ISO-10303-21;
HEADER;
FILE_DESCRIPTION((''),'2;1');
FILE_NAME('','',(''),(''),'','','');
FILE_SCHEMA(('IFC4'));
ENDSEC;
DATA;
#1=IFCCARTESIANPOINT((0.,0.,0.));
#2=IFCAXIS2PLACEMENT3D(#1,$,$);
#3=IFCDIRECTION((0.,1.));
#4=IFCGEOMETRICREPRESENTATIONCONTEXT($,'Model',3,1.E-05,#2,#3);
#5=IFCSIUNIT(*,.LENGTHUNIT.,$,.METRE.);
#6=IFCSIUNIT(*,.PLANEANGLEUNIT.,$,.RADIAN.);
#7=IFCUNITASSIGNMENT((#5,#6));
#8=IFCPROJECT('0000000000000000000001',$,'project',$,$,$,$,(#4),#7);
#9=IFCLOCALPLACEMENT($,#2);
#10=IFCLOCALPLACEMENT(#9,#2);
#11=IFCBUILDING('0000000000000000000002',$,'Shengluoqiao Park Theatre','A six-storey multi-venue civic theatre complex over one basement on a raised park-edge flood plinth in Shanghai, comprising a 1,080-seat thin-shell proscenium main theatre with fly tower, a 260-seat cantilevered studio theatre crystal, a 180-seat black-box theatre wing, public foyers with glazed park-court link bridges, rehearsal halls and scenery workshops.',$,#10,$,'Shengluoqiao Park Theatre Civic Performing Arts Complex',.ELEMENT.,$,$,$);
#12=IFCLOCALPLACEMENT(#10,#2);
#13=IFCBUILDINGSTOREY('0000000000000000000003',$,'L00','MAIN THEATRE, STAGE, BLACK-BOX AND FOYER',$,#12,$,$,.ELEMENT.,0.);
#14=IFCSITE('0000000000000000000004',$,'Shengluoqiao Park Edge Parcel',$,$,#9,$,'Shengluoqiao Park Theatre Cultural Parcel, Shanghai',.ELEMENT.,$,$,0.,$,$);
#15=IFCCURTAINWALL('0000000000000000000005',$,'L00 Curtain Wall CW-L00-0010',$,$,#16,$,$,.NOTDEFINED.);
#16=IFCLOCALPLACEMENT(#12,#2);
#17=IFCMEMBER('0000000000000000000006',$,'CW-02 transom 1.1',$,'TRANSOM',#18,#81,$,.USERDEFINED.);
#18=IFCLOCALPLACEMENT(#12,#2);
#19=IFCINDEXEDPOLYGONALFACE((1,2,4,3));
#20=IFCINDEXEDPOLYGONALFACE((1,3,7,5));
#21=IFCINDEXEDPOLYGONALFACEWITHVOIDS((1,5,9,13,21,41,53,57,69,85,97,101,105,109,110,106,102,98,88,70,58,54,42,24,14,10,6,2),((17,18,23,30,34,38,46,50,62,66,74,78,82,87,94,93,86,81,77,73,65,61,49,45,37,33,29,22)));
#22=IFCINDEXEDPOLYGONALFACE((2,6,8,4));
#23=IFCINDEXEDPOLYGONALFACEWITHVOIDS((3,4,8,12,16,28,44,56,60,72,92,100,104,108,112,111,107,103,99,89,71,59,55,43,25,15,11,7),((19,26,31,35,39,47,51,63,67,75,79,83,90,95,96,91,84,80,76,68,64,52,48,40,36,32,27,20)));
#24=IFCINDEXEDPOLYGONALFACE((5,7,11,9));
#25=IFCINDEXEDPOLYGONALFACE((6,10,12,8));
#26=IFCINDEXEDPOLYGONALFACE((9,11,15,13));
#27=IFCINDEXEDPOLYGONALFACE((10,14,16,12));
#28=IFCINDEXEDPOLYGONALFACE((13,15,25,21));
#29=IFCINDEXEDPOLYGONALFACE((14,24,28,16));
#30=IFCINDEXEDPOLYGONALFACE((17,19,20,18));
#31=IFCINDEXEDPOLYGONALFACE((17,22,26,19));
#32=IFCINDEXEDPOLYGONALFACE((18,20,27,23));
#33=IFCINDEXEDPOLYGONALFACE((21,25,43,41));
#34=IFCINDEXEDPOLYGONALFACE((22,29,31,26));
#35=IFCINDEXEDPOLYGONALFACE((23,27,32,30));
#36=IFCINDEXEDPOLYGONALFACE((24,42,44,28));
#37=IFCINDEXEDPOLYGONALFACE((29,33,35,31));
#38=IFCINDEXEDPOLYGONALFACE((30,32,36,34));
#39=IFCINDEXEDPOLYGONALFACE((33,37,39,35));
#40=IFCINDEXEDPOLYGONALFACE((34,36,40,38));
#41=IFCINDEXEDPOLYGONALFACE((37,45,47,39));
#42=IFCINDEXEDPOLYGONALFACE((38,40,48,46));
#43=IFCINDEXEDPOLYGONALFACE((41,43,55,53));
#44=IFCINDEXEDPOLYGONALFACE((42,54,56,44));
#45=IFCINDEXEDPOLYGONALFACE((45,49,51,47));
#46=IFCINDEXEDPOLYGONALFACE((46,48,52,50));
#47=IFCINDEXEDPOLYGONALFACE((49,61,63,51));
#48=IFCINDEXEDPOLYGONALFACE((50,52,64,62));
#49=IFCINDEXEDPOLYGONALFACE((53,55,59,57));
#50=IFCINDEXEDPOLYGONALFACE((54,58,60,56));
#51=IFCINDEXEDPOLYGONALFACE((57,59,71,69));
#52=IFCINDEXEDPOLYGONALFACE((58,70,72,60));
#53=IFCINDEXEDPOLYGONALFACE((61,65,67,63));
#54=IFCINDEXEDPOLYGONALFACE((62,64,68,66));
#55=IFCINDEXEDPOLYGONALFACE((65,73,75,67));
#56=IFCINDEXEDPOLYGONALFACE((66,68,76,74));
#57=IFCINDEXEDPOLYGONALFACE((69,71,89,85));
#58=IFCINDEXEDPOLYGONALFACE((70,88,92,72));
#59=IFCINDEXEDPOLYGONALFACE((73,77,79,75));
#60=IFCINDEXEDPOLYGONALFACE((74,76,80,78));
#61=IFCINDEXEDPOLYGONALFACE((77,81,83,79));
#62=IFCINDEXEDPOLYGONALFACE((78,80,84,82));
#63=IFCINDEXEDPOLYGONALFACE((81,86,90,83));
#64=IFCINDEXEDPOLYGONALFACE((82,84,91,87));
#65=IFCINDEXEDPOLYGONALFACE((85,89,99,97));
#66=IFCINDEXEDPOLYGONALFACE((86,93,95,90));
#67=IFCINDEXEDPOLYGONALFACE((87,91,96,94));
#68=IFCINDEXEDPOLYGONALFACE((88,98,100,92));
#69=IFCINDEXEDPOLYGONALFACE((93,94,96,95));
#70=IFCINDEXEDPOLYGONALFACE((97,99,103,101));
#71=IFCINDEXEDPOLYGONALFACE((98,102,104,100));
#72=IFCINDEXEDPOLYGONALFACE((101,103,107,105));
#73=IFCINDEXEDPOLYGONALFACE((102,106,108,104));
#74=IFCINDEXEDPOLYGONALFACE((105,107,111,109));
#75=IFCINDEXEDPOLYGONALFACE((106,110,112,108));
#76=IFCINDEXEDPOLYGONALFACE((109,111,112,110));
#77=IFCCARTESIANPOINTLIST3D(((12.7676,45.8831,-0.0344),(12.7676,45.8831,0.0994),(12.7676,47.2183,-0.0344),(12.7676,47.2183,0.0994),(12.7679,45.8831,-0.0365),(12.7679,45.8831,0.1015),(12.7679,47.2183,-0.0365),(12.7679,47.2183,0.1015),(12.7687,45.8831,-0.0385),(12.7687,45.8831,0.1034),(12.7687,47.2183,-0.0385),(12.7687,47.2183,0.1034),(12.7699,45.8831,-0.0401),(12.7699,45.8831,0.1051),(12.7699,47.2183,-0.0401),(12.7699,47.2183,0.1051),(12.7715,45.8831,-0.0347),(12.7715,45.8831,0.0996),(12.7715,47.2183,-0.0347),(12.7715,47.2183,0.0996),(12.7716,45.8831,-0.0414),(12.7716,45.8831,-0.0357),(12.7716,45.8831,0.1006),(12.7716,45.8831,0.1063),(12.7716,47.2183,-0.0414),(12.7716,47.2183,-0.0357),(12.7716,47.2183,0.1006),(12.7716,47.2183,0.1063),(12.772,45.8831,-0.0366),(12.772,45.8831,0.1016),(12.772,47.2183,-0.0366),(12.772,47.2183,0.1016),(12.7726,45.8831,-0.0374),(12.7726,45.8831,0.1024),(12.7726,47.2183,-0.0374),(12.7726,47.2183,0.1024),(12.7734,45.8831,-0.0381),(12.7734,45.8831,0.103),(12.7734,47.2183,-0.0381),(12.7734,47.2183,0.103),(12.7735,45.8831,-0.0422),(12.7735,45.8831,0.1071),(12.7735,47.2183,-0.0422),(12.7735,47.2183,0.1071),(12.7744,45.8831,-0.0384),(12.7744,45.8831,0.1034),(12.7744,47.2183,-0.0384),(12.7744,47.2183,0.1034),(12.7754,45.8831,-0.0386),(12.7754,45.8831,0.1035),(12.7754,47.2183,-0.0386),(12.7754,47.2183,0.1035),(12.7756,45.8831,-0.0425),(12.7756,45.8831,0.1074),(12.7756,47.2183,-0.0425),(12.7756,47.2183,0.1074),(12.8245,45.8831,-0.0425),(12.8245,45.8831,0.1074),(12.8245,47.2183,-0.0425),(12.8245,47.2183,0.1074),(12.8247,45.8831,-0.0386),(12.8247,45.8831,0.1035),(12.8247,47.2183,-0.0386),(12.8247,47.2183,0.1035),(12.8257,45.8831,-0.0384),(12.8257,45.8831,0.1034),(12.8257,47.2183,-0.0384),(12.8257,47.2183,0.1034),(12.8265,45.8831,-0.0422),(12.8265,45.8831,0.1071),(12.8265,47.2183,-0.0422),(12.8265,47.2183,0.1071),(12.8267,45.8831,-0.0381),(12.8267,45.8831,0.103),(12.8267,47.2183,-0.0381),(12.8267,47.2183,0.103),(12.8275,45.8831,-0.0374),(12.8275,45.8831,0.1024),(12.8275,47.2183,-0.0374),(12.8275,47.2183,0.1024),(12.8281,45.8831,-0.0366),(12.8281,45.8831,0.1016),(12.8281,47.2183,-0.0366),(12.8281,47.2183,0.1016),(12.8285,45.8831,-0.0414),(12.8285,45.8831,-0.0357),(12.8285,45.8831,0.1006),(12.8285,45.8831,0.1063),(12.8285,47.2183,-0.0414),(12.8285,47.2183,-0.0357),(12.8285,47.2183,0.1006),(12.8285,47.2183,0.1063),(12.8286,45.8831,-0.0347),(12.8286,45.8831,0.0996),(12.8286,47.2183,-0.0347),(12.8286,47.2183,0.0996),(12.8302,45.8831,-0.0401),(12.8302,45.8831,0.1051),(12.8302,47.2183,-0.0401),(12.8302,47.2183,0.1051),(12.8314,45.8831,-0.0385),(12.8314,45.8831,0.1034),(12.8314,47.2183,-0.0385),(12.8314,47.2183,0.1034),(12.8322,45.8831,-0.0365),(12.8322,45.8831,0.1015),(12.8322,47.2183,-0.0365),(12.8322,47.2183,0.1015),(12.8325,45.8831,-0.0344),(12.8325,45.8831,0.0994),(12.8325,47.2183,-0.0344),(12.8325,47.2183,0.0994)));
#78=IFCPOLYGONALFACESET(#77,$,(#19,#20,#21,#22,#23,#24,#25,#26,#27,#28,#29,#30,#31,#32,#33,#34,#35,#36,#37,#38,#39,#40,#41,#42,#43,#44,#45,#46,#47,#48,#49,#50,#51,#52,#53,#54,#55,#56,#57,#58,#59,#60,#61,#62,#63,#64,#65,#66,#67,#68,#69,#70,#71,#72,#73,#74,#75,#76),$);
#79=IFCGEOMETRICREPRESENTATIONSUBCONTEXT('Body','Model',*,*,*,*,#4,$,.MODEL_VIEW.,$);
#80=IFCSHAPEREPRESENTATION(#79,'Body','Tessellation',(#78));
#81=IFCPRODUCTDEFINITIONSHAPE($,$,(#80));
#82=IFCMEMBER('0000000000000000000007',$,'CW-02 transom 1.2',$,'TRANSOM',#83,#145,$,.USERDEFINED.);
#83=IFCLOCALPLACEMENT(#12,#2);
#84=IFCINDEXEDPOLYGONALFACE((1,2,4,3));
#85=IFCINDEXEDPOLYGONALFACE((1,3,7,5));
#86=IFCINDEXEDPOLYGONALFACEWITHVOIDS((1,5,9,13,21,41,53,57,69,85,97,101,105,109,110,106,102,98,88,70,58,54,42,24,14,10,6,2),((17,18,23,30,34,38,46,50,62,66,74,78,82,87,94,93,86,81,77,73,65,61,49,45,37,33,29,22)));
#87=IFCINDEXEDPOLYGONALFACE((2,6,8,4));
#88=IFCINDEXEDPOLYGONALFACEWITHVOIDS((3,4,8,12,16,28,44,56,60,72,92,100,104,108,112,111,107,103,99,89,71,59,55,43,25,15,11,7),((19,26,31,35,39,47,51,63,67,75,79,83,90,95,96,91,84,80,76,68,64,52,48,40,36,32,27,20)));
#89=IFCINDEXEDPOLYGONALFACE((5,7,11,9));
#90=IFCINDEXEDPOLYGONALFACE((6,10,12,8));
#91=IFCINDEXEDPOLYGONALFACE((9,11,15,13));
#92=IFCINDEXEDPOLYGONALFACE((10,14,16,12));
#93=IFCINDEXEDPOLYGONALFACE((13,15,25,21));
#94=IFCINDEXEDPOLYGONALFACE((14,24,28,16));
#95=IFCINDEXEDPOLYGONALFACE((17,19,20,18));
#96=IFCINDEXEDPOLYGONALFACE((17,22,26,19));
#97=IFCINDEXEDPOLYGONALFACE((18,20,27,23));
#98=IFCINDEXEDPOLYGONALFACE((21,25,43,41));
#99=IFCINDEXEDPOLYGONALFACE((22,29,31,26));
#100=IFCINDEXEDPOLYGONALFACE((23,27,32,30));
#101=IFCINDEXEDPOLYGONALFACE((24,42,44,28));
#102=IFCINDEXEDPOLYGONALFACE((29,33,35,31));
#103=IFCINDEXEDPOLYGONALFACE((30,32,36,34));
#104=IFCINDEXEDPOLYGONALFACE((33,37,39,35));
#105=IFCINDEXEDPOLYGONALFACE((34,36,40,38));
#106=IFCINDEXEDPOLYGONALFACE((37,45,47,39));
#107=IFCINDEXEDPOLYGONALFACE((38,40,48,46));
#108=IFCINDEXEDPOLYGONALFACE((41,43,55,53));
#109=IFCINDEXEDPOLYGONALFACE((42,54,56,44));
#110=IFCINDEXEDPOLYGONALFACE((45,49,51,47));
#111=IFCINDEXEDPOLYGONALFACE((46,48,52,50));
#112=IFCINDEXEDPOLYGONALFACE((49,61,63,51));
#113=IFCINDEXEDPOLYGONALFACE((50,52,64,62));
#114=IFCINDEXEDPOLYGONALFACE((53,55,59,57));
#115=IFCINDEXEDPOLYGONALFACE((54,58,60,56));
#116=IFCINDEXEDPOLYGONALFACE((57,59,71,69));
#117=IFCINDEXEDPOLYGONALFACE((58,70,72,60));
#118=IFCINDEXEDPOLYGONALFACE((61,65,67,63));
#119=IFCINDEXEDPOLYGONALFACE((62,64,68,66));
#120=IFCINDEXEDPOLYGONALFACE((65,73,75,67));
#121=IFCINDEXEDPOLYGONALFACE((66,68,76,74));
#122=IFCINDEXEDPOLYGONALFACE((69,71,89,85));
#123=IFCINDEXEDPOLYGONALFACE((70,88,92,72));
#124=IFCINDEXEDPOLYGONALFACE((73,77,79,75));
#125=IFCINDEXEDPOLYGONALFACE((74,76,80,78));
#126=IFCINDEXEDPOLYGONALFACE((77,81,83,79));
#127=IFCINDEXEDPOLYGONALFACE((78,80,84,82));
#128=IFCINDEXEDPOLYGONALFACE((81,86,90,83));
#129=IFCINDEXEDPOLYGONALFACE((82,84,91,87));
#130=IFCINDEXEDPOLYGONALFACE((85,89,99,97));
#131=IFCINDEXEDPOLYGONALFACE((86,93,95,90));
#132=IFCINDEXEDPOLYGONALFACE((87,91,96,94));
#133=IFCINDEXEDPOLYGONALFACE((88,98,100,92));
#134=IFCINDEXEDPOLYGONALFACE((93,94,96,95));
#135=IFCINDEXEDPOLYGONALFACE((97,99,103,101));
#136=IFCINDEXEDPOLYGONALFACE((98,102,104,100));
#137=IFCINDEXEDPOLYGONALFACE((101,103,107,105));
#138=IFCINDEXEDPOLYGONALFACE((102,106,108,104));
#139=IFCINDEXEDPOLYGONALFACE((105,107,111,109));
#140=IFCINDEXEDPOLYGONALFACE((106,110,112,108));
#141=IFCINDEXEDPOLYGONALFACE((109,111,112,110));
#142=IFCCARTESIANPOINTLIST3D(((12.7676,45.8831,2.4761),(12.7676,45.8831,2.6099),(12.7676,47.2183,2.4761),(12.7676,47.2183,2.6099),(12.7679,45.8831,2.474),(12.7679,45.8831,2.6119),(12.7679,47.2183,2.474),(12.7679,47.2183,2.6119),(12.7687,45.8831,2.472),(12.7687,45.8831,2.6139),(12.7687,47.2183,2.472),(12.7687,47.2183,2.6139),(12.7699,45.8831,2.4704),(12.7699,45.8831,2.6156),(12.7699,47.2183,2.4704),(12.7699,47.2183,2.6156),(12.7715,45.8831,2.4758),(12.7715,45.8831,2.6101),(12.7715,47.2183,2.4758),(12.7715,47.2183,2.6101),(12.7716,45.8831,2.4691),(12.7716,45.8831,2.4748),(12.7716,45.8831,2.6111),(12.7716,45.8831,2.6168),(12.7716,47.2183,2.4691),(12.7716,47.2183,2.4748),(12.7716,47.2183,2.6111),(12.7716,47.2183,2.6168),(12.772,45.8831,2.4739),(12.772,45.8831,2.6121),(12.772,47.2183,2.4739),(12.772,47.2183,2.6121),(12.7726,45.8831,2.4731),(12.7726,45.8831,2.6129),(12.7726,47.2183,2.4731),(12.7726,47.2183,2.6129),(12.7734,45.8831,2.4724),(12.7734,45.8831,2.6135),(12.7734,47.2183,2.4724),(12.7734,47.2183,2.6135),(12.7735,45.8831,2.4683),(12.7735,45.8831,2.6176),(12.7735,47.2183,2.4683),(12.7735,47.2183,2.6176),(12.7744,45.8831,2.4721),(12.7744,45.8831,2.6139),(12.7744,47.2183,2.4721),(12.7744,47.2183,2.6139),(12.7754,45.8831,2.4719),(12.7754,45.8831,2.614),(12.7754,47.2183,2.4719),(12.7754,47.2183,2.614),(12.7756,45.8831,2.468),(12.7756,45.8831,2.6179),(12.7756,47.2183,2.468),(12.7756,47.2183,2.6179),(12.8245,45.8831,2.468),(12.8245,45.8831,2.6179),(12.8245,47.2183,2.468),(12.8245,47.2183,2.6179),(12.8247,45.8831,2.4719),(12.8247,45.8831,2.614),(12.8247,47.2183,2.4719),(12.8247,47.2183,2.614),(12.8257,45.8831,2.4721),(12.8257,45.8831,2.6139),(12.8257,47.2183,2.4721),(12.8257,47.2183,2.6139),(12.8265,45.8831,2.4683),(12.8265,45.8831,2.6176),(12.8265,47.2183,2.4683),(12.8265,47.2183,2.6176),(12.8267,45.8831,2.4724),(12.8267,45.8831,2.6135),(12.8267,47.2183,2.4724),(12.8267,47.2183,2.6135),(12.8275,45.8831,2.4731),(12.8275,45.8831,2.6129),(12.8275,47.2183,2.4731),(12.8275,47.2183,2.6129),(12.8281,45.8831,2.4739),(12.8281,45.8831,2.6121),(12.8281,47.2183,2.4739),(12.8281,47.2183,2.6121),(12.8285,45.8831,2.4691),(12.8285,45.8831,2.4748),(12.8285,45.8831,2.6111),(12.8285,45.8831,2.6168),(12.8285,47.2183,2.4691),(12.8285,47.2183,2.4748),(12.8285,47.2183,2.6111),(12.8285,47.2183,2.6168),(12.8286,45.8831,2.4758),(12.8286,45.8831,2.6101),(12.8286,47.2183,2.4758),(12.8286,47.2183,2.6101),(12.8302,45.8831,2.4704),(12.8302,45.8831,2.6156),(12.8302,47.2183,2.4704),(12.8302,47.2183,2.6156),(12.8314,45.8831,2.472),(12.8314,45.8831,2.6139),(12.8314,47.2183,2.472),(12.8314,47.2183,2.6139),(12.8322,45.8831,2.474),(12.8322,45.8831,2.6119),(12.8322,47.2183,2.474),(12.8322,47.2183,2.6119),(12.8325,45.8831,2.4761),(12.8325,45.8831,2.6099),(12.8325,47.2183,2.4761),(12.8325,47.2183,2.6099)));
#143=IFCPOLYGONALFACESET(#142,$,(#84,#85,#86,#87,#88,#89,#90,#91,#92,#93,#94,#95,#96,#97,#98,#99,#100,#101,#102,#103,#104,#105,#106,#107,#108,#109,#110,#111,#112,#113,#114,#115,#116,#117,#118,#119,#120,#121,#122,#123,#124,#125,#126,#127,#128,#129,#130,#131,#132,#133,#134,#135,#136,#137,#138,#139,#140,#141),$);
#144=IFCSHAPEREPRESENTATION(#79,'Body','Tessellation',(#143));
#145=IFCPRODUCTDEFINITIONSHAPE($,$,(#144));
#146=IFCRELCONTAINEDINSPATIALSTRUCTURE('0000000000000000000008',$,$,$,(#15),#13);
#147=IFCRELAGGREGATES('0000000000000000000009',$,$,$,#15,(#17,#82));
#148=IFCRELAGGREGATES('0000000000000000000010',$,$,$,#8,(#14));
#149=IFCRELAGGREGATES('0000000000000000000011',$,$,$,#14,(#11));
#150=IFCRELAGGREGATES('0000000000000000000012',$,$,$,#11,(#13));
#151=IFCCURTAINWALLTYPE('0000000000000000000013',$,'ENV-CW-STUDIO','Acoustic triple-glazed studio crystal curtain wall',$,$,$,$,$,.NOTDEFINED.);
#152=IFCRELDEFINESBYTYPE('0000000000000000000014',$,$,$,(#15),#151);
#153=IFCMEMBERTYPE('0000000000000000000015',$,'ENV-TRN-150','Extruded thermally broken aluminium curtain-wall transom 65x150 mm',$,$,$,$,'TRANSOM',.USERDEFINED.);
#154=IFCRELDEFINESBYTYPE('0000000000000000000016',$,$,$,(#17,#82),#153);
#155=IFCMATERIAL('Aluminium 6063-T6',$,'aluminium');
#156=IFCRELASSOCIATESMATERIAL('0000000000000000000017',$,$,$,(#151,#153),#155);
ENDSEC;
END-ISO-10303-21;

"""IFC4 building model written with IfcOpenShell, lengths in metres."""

from ifc_helpers import new_model, si_unit, direction, frame, origin, origin_2d, place, context, subcontext, project, spatial, hollow_rectangle, extrude, material, material_profile, profile_set, type_object, element, aggregate, save


model = new_model("IFC4")

# Units and contexts
model_context = context("Model", 3, precision=1e-05, world=origin(), true_north=direction((0.0, 1.0)))
body_context = subcontext(model_context, "Body", "Model", "MODEL_VIEW")
ifc_project = project(units=[si_unit("LENGTHUNIT", "METRE"), si_unit("PLANEANGLEUNIT", "RADIAN")], contexts=[model_context])

# Site, building, storey
site_placement = place(None, origin())
site = spatial("IfcSite", under=ifc_project, at=site_placement, Name="Shengluoqiao Park Edge Parcel", LongName="Shengluoqiao Park Theatre Cultural Parcel, Shanghai", CompositionType="ELEMENT", RefElevation=0.0)
building_placement = place(site_placement, origin())
building = spatial("IfcBuilding", under=site, at=building_placement, Name="Shengluoqiao Park Theatre", Description="A six-storey multi-venue civic theatre complex over one basement on a raised park-edge flood plinth in Shanghai, comprising a 1,080-seat thin-shell proscenium main theatre with fly tower, a 260-seat cantilevered studio theatre crystal, a 180-seat black-box theatre wing, public foyers with glazed park-court link bridges, rehearsal halls and scenery workshops.", LongName="Shengluoqiao Park Theatre Civic Performing Arts Complex", CompositionType="ELEMENT")
storey_placement = place(building_placement, origin())
storey = spatial("IfcBuildingStorey", under=building, at=storey_placement, Name="L00", Description="MAIN THEATRE, STAGE, BLACK-BOX AND FOYER", CompositionType="ELEMENT", Elevation=0.0)

# Curtain wall, members
ifc_material_1 = material(Name="Aluminium 6063-T6", Category="aluminium")
curtain_wall_type = type_object("IfcCurtainWallType", Name="ENV-CW-STUDIO", Description="Acoustic triple-glazed studio crystal curtain wall", PredefinedType="NOTDEFINED", material=ifc_material_1)
curtain_wall_placement = place(storey_placement, origin())
curtain_wall = element("IfcCurtainWall", 1, at=curtain_wall_placement, inside=storey, type_object=curtain_wall_type, Name="L00 Curtain Wall CW-L00-0010", PredefinedType="NOTDEFINED")
ifc_material_profile_1 = material_profile(ifc_material_1, hollow_rectangle(XDim=0.0649, YDim=0.1499, WallThickness=0.0039, InnerFilletRadius=0.0039, OuterFilletRadius=0.0081, at=origin_2d()), Name="ALU TRANSOM 150x65x4")
ifc_profile_set_1 = profile_set([ifc_material_profile_1], Name="Aluminium 6063-T6")
member_type_1 = type_object("IfcMemberType", Name="ENV-TRN-150", Description="Extruded thermally broken aluminium curtain-wall transom 65x150 mm", ElementType="TRANSOM", PredefinedType="USERDEFINED", material=ifc_profile_set_1)
member_1_placement = place(storey_placement, frame((12.8, 45.8831, 0.0325), z_axis=(0.0, 1.0, 0.0), x_axis=(-1.0, 0.0, 0.0)))
member_1 = element("IfcMember", 2, at=member_1_placement, type_object=member_type_1, Name="CW-02 transom 1.1", ObjectType="TRANSOM", PredefinedType="USERDEFINED", context=body_context, shape_type="SweptSolid", body=[
    extrude(hollow_rectangle(XDim=0.0649, YDim=0.1499, WallThickness=0.0039, InnerFilletRadius=0.0039, OuterFilletRadius=0.0081, at=origin_2d()), origin(), (0.0, 0.0, 1.0), 1.3352),
])
member_2_placement = place(storey_placement, frame((12.8, 45.8831, 2.543), z_axis=(0.0, 1.0, 0.0), x_axis=(-1.0, 0.0, 0.0)))
member_2 = element("IfcMember", 3, at=member_2_placement, type_object=member_type_1, Name="CW-02 transom 1.2", ObjectType="TRANSOM", PredefinedType="USERDEFINED", context=body_context, shape_type="SweptSolid", body=[
    extrude(hollow_rectangle(XDim=0.0649, YDim=0.1499, WallThickness=0.0039, InnerFilletRadius=0.0039, OuterFilletRadius=0.0081, at=origin_2d()), origin(), (0.0, 0.0, 1.0), 1.3352),
])
aggregate(curtain_wall, [member_1, member_2])

save(model, "model.ifc")
